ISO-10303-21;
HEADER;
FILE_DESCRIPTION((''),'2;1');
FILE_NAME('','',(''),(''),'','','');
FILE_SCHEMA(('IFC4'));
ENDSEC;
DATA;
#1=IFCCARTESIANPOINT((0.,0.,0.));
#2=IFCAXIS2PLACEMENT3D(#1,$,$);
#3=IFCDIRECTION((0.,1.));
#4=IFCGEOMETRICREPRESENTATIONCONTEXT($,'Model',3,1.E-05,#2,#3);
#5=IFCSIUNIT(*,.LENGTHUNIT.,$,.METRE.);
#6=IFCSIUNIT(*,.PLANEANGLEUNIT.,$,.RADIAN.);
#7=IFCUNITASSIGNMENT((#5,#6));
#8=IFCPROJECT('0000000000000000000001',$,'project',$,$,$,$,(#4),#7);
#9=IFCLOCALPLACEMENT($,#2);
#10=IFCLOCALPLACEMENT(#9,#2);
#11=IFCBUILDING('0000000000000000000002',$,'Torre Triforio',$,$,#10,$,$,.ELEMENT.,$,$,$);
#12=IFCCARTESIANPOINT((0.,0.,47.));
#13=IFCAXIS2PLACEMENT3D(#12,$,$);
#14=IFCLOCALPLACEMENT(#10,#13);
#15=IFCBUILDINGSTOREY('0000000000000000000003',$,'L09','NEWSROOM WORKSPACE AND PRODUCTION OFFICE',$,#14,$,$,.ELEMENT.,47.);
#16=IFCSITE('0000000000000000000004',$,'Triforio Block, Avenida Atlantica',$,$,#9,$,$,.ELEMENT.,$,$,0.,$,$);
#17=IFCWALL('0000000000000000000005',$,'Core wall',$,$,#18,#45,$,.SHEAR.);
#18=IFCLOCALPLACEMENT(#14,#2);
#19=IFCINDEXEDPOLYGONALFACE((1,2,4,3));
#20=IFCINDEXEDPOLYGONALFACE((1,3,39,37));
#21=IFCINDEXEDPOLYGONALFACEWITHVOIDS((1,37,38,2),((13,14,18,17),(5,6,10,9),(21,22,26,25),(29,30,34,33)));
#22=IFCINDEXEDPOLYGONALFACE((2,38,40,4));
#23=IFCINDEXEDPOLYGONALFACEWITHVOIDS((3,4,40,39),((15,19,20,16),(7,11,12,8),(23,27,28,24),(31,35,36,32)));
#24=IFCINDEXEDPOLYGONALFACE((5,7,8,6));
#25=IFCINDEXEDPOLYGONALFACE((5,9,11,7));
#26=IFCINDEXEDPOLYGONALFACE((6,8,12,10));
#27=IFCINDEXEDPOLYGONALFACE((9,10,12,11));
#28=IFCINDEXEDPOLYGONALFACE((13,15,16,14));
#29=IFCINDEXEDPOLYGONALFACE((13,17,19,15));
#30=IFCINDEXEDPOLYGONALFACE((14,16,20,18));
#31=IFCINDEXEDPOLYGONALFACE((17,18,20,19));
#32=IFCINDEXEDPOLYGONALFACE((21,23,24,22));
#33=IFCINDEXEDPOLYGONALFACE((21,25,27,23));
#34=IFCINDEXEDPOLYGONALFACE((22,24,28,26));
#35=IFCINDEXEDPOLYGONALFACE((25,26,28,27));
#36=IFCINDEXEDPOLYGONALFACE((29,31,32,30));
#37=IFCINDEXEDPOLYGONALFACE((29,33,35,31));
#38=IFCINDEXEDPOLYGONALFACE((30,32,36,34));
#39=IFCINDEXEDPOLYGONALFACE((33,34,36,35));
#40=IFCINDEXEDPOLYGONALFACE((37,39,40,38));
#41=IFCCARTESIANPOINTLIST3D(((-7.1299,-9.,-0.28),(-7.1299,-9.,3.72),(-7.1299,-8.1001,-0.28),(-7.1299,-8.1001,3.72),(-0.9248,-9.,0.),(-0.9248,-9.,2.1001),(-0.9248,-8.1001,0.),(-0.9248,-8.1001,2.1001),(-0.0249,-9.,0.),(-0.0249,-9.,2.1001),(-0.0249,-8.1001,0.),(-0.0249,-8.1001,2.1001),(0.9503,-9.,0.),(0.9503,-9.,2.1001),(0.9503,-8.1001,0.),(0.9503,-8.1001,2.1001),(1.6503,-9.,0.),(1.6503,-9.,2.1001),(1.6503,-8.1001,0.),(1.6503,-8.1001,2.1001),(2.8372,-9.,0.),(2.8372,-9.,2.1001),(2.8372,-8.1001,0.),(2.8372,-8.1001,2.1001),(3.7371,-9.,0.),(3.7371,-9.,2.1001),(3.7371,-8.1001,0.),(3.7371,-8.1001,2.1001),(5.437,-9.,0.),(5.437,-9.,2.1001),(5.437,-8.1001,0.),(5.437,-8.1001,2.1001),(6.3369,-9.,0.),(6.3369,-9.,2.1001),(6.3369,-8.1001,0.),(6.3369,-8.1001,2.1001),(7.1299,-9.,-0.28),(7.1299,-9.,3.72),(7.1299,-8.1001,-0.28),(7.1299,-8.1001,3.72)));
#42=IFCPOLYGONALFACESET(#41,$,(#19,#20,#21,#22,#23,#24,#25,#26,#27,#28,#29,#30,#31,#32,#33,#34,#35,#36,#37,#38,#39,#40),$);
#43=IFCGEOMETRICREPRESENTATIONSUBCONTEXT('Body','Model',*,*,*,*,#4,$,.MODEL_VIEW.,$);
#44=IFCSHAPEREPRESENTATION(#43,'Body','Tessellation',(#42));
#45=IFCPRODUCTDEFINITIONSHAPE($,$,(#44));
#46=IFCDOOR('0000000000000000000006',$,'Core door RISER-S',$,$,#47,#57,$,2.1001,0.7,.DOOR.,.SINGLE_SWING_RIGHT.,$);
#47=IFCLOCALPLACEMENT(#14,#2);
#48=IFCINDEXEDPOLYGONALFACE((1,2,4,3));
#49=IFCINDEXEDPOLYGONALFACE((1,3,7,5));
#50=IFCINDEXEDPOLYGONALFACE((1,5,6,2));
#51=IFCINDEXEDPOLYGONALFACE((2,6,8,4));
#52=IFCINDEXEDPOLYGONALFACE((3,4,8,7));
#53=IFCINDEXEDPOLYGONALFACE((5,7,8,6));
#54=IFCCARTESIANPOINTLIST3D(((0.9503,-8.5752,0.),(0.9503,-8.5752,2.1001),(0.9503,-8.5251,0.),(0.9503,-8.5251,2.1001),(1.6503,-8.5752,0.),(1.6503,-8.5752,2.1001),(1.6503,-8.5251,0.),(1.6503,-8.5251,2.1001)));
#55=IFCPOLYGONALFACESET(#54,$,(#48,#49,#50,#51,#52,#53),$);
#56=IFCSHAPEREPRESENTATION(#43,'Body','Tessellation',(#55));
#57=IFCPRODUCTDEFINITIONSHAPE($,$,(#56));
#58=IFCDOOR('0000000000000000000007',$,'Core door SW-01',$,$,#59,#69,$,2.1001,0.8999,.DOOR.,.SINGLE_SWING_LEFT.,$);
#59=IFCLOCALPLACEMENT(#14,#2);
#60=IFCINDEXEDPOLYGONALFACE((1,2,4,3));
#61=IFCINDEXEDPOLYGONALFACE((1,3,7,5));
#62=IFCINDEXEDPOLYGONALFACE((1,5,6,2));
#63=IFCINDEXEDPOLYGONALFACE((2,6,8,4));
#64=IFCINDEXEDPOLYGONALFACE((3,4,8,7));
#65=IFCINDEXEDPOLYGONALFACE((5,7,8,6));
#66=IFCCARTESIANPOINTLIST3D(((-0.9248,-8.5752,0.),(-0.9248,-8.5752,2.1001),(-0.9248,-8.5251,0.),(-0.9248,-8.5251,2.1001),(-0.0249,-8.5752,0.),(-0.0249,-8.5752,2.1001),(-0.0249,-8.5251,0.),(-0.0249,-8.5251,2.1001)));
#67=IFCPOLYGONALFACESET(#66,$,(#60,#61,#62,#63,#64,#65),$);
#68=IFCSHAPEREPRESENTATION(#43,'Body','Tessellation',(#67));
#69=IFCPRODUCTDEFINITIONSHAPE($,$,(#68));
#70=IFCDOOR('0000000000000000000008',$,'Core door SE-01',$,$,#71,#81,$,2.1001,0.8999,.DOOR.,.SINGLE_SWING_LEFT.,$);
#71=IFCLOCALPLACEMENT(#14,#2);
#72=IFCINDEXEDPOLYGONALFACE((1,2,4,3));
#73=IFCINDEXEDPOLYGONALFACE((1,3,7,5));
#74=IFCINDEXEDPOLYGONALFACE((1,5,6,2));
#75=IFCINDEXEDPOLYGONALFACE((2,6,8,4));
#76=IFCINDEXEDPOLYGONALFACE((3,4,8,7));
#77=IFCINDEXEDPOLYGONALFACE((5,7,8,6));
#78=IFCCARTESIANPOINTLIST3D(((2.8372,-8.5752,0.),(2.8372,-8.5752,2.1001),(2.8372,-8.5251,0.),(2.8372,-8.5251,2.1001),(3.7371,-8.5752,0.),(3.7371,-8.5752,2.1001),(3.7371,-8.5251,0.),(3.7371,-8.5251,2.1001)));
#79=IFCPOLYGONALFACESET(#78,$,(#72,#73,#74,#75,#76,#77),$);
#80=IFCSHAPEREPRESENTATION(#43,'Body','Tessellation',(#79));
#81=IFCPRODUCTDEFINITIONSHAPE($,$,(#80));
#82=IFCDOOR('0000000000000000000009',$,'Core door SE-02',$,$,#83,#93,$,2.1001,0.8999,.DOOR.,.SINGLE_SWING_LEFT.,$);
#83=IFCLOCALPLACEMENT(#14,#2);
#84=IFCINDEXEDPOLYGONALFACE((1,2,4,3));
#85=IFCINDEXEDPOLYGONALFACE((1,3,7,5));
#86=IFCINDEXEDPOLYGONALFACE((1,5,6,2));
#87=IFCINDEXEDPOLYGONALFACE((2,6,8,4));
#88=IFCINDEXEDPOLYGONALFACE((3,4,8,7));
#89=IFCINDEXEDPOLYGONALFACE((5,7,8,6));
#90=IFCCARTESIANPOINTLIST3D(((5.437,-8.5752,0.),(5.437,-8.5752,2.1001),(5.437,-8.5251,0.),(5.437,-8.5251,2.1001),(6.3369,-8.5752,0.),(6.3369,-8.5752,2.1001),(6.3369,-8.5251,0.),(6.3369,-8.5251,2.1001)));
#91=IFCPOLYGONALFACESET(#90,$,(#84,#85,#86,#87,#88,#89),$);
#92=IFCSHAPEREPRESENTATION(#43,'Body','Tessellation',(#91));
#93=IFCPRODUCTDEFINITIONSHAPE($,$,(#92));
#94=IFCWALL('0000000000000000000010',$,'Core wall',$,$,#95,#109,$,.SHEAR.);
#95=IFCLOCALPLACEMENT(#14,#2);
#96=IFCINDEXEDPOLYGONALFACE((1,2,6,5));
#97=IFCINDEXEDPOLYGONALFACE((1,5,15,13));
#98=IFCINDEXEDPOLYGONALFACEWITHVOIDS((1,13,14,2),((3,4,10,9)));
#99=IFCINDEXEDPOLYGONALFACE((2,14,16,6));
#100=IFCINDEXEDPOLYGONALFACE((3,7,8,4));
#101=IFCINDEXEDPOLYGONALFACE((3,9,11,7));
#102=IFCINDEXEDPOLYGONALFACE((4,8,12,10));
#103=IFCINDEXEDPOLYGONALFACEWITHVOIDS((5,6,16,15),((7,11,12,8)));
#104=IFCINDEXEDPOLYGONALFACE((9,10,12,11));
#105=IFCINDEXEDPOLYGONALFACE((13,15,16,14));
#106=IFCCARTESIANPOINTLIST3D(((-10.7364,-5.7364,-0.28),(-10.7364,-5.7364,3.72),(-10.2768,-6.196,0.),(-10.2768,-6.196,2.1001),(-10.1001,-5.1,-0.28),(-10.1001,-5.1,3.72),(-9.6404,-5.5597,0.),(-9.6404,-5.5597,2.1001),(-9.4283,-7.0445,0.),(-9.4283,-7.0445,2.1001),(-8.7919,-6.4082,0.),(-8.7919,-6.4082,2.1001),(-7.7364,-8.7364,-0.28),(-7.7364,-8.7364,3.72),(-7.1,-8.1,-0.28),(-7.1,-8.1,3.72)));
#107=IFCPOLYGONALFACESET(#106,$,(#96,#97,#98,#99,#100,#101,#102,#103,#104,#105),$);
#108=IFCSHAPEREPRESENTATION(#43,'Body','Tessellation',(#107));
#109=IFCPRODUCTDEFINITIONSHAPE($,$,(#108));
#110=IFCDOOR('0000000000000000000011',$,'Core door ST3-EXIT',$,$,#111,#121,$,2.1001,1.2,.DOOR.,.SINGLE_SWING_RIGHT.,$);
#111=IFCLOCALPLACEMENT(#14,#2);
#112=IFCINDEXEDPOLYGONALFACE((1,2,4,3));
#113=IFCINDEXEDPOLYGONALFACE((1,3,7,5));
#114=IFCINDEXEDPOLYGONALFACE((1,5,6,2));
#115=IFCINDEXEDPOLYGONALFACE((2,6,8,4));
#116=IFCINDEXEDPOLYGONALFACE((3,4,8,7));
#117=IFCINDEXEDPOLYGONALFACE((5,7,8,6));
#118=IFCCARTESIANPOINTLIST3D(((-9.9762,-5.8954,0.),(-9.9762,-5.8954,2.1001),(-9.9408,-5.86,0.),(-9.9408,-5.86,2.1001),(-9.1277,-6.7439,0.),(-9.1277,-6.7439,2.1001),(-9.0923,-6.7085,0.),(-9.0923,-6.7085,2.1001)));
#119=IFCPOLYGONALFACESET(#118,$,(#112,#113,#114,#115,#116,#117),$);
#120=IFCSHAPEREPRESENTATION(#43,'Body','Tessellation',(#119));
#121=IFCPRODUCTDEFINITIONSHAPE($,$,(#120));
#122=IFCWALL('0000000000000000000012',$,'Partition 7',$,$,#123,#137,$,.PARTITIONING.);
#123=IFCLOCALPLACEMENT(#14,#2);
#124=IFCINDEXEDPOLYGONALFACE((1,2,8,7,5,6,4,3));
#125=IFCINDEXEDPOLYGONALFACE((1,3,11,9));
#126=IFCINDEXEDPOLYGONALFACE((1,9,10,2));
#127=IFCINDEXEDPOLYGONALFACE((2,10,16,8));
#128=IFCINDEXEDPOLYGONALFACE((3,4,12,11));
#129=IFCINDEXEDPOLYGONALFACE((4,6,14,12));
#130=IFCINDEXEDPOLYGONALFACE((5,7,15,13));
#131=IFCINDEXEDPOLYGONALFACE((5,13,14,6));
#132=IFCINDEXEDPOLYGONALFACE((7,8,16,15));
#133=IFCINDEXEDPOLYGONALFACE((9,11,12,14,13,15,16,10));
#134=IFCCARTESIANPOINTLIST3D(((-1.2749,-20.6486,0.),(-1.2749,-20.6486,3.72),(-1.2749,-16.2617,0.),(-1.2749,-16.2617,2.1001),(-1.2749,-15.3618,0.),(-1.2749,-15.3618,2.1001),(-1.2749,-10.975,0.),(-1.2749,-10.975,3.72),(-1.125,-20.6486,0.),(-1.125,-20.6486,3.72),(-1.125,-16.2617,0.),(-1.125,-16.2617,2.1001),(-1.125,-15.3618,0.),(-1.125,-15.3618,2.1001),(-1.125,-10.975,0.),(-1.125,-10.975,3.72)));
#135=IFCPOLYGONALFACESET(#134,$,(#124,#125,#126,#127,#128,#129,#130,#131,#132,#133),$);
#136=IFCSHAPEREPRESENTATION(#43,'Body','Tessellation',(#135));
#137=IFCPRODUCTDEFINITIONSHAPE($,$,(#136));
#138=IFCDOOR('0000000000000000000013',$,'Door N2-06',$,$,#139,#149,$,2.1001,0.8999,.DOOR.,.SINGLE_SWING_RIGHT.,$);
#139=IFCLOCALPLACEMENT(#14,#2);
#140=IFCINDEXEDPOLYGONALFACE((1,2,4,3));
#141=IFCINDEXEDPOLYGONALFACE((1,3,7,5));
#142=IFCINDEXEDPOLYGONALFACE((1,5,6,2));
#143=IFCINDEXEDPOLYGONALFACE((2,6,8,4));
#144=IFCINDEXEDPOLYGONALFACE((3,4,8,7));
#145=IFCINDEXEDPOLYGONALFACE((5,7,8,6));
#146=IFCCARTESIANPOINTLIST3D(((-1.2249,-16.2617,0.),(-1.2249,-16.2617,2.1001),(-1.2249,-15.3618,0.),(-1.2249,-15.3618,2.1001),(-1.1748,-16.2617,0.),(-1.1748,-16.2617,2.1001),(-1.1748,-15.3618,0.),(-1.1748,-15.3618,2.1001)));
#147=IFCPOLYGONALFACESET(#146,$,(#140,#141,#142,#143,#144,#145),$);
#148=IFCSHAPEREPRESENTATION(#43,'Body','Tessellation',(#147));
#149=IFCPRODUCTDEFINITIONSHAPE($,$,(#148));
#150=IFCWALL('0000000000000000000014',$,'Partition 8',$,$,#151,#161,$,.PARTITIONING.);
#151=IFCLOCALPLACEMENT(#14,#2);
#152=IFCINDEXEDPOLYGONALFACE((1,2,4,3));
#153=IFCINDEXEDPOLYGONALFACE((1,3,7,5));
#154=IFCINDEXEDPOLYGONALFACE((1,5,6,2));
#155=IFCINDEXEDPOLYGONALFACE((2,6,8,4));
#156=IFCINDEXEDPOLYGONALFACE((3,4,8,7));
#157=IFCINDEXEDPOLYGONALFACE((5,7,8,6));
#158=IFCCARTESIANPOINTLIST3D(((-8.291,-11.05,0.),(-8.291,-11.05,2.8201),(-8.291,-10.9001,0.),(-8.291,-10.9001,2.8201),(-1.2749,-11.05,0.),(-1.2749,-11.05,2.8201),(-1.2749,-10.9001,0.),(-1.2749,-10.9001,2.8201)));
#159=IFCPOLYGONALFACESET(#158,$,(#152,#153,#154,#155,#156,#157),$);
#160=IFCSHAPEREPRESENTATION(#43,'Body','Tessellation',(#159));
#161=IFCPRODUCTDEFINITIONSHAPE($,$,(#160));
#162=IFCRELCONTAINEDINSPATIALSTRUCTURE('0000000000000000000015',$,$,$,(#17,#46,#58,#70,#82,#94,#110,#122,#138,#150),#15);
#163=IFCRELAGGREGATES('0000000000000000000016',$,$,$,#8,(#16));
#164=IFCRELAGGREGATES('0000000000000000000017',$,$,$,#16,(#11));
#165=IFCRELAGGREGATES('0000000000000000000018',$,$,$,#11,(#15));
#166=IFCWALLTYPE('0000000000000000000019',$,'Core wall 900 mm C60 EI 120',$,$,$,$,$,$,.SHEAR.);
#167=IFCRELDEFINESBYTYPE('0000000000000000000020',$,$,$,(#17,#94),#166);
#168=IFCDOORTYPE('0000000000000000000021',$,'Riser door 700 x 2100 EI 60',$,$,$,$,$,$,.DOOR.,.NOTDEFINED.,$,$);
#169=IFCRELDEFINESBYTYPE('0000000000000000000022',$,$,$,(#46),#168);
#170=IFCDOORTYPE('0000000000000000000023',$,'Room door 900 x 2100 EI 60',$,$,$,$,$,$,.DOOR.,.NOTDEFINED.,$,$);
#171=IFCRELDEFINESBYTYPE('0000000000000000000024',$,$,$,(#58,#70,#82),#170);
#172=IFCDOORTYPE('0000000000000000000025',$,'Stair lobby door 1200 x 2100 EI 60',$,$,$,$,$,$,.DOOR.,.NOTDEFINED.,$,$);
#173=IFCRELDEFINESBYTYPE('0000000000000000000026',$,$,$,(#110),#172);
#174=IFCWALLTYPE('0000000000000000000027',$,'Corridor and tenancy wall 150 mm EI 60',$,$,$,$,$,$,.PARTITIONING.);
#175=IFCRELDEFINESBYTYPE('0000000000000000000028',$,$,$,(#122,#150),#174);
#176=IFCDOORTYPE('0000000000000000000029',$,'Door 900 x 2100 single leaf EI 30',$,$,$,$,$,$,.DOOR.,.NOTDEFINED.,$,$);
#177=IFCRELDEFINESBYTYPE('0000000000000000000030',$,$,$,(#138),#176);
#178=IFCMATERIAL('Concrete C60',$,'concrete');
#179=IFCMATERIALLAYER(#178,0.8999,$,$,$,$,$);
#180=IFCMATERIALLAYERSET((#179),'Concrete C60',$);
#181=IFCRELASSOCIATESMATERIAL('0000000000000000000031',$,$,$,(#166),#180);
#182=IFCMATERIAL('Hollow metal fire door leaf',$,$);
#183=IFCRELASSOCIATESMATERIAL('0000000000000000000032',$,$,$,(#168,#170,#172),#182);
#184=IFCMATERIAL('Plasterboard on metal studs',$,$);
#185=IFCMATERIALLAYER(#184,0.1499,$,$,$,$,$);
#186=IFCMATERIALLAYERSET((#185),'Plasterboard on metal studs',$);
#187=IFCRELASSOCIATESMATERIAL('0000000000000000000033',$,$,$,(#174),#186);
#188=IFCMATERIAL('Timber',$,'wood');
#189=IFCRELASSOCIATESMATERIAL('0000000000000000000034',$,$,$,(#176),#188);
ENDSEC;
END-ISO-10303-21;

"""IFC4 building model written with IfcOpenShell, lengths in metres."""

from ifc_helpers import new_model, si_unit, direction, frame, frame_2d, origin, place, context, subcontext, project, spatial, rectangle, extrude, material, layer, layer_set, type_object, element, fill, save


model = new_model("IFC4")

# Units and contexts
model_context = context("Model", 3, precision=1e-05, world=origin(), true_north=direction((0.0, 1.0)))
body_context = subcontext(model_context, "Body", "Model", "MODEL_VIEW")
ifc_project = project(units=[si_unit("LENGTHUNIT", "METRE"), si_unit("PLANEANGLEUNIT", "RADIAN")], contexts=[model_context])

# Site, building, storey
site_placement = place(None, origin())
site = spatial("IfcSite", under=ifc_project, at=site_placement, Name="Triforio Block, Avenida Atlantica", CompositionType="ELEMENT", RefElevation=0.0)
building_placement = place(site_placement, origin())
building = spatial("IfcBuilding", under=site, at=building_placement, Name="Torre Triforio", CompositionType="ELEMENT")
storey_placement = place(building_placement, frame((0.0, 0.0, 47.0)))
storey = spatial("IfcBuildingStorey", under=building, at=storey_placement, Name="L09", Description="NEWSROOM WORKSPACE AND PRODUCTION OFFICE", CompositionType="ELEMENT", Elevation=47.0)

# Shared definitions
ifc_material_1 = material(Name="Concrete C60", Category="concrete")

# Wall, openings, doors
ifc_layer_1 = layer(ifc_material_1, 0.8999)
ifc_layer_set_1 = layer_set([ifc_layer_1], Name="Concrete C60")
wall_type_1 = type_object("IfcWallType", Name="Core wall 900 mm C60 EI 120", PredefinedType="SHEAR", material=ifc_layer_set_1)
wall_1_placement = place(storey_placement, frame((-7.1299, -8.55, -0.28), z_axis=(0.0, 0.0, 1.0), x_axis=(1.0, 0.0, 0.0)))
wall_1 = element("IfcWall", 1, at=wall_1_placement, inside=storey, type_object=wall_type_1, Name="Core wall", PredefinedType="SHEAR", context=body_context, shape_type="SweptSolid", body=[
    extrude(rectangle(XDim=14.2598, YDim=0.8999, at=frame_2d((7.1299, 0.0))), origin(), (0.0, 0.0, 1.0), 4.0),
])
opening_1_placement = place(wall_1_placement, frame((8.0801, 0.0, 0.28)))
opening_1 = element("IfcOpeningElement", 2, at=opening_1_placement, cuts=wall_1, PredefinedType="OPENING", context=body_context, shape_type="SweptSolid", body=[
    extrude(rectangle(XDim=0.7, YDim=2.1001, at=frame_2d((0.3501, 1.05))), frame((0.0, 0.46, 0.0), z_axis=(0.0, -1.0, 0.0), x_axis=(1.0, 0.0, 0.0)), (0.0, 0.0, 1.0), 0.9199),
])
opening_2_placement = place(wall_1_placement, frame((6.2051, 0.0, 0.28)))
opening_2 = element("IfcOpeningElement", 3, at=opening_2_placement, cuts=wall_1, PredefinedType="OPENING", context=body_context, shape_type="SweptSolid", body=[
    extrude(rectangle(XDim=0.8999, YDim=2.1001, at=frame_2d((0.45, 1.05))), frame((0.0, 0.46, 0.0), z_axis=(0.0, -1.0, 0.0), x_axis=(1.0, 0.0, 0.0)), (0.0, 0.0, 1.0), 0.9199),
])
opening_3_placement = place(wall_1_placement, frame((9.967, 0.0, 0.28)))
opening_3 = element("IfcOpeningElement", 4, at=opening_3_placement, cuts=wall_1, PredefinedType="OPENING", context=body_context, shape_type="SweptSolid", body=[
    extrude(rectangle(XDim=0.8999, YDim=2.1001, at=frame_2d((0.45, 1.05))), frame((0.0, 0.46, 0.0), z_axis=(0.0, -1.0, 0.0), x_axis=(1.0, 0.0, 0.0)), (0.0, 0.0, 1.0), 0.9199),
])
opening_4_placement = place(wall_1_placement, frame((12.5669, 0.0, 0.28)))
opening_4 = element("IfcOpeningElement", 5, at=opening_4_placement, cuts=wall_1, PredefinedType="OPENING", context=body_context, shape_type="SweptSolid", body=[
    extrude(rectangle(XDim=0.8999, YDim=2.1001, at=frame_2d((0.45, 1.05))), frame((0.0, 0.46, 0.0), z_axis=(0.0, -1.0, 0.0), x_axis=(1.0, 0.0, 0.0)), (0.0, 0.0, 1.0), 0.9199),
])
ifc_material_2 = material(Name="Hollow metal fire door leaf")
door_type_1 = type_object("IfcDoorType", Name="Riser door 700 x 2100 EI 60", OperationType="NOTDEFINED", PredefinedType="DOOR", material=ifc_material_2)
door_1_placement = place(opening_1_placement, origin())
door_1 = element("IfcDoor", 6, at=door_1_placement, inside=storey, type_object=door_type_1, Name="Core door RISER-S", OperationType="SINGLE_SWING_RIGHT", OverallHeight=2.1001, OverallWidth=0.7, PredefinedType="DOOR", context=body_context, shape_type="SweptSolid", body=[
    extrude(rectangle(XDim=0.7, YDim=2.1001, at=frame_2d((0.3501, 1.05))), frame((0.0, 0.0249, 0.0), z_axis=(0.0, -1.0, 0.0), x_axis=(1.0, 0.0, 0.0)), (0.0, 0.0, 1.0), 0.05),
])
fill(opening_1, door_1)
door_type_2 = type_object("IfcDoorType", Name="Room door 900 x 2100 EI 60", OperationType="NOTDEFINED", PredefinedType="DOOR", material=ifc_material_2)
door_2_placement = place(opening_2_placement, origin())
door_2 = element("IfcDoor", 7, at=door_2_placement, inside=storey, type_object=door_type_2, Name="Core door SW-01", OperationType="SINGLE_SWING_LEFT", OverallHeight=2.1001, OverallWidth=0.8999, PredefinedType="DOOR", context=body_context, shape_type="SweptSolid", body=[
    extrude(rectangle(XDim=0.8999, YDim=2.1001, at=frame_2d((0.45, 1.05))), frame((0.0, 0.0249, 0.0), z_axis=(0.0, -1.0, 0.0), x_axis=(1.0, 0.0, 0.0)), (0.0, 0.0, 1.0), 0.05),
])
fill(opening_2, door_2)
door_3_placement = place(opening_3_placement, origin())
door_3 = element("IfcDoor", 8, at=door_3_placement, inside=storey, type_object=door_type_2, Name="Core door SE-01", OperationType="SINGLE_SWING_LEFT", OverallHeight=2.1001, OverallWidth=0.8999, PredefinedType="DOOR", context=body_context, shape_type="SweptSolid", body=[
    extrude(rectangle(XDim=0.8999, YDim=2.1001, at=frame_2d((0.45, 1.05))), frame((0.0, 0.0249, 0.0), z_axis=(0.0, -1.0, 0.0), x_axis=(1.0, 0.0, 0.0)), (0.0, 0.0, 1.0), 0.05),
])
fill(opening_3, door_3)
door_4_placement = place(opening_4_placement, origin())
door_4 = element("IfcDoor", 9, at=door_4_placement, inside=storey, type_object=door_type_2, Name="Core door SE-02", OperationType="SINGLE_SWING_LEFT", OverallHeight=2.1001, OverallWidth=0.8999, PredefinedType="DOOR", context=body_context, shape_type="SweptSolid", body=[
    extrude(rectangle(XDim=0.8999, YDim=2.1001, at=frame_2d((0.45, 1.05))), frame((0.0, 0.0249, 0.0), z_axis=(0.0, -1.0, 0.0), x_axis=(1.0, 0.0, 0.0)), (0.0, 0.0, 1.0), 0.05),
])
fill(opening_4, door_4)

# Walls, openings, doors
wall_2_placement = place(storey_placement, frame((-7.4182, -8.4182, -0.28), z_axis=(0.0, 0.0, 1.0), x_axis=(-0.707107, 0.707107, 0.0)))
wall_2 = element("IfcWall", 10, at=wall_2_placement, inside=storey, type_object=wall_type_1, Name="Core wall", PredefinedType="SHEAR", context=body_context, shape_type="SweptSolid", body=[
    extrude(rectangle(XDim=4.2427, YDim=0.8999, at=frame_2d((2.1213, 0.0))), origin(), (0.0, 0.0, 1.0), 4.0),
])
opening_5_placement = place(wall_2_placement, frame((2.3926, 0.0, 0.28)))
opening_5 = element("IfcOpeningElement", 11, at=opening_5_placement, cuts=wall_2, PredefinedType="OPENING", context=body_context, shape_type="SweptSolid", body=[
    extrude(rectangle(XDim=1.2, YDim=2.1001, at=frame_2d((0.6001, 1.05))), frame((0.0, 0.46, 0.0), z_axis=(0.0, -1.0, 0.0), x_axis=(1.0, 0.0, 0.0)), (0.0, 0.0, 1.0), 0.9199),
])
door_type_3 = type_object("IfcDoorType", Name="Stair lobby door 1200 x 2100 EI 60", OperationType="NOTDEFINED", PredefinedType="DOOR", material=ifc_material_2)
door_5_placement = place(opening_5_placement, origin())
door_5 = element("IfcDoor", 12, at=door_5_placement, inside=storey, type_object=door_type_3, Name="Core door ST3-EXIT", OperationType="SINGLE_SWING_RIGHT", OverallHeight=2.1001, OverallWidth=1.2, PredefinedType="DOOR", context=body_context, shape_type="SweptSolid", body=[
    extrude(rectangle(XDim=1.2, YDim=2.1001, at=frame_2d((0.6001, 1.05))), frame((0.0, 0.0249, 0.0), z_axis=(0.0, -1.0, 0.0), x_axis=(1.0, 0.0, 0.0)), (0.0, 0.0, 1.0), 0.05),
])
fill(opening_5, door_5)
ifc_material_3 = material(Name="Plasterboard on metal studs")
ifc_layer_2 = layer(ifc_material_3, 0.1499)
ifc_layer_set_2 = layer_set([ifc_layer_2], Name="Plasterboard on metal studs")
wall_type_2 = type_object("IfcWallType", Name="Corridor and tenancy wall 150 mm EI 60", PredefinedType="PARTITIONING", material=ifc_layer_set_2)
wall_3_placement = place(storey_placement, frame((-1.2, -20.6487, 0.0), z_axis=(0.0, 0.0, 1.0), x_axis=(0.0, 1.0, 0.0)))
wall_3 = element("IfcWall", 13, at=wall_3_placement, inside=storey, type_object=wall_type_2, Name="Partition 7", PredefinedType="PARTITIONING", context=body_context, shape_type="SweptSolid", body=[
    extrude(rectangle(XDim=9.6736, YDim=0.1499, at=frame_2d((4.8369, 0.0))), origin(), (0.0, 0.0, 1.0), 3.72),
])
opening_6_placement = place(wall_3_placement, frame((4.387, 0.0, 0.0)))
opening_6 = element("IfcOpeningElement", 14, at=opening_6_placement, cuts=wall_3, PredefinedType="OPENING", context=body_context, shape_type="SweptSolid", body=[
    extrude(rectangle(XDim=0.8999, YDim=2.1001, at=frame_2d((0.45, 1.05))), frame((0.0, 0.085, 0.0), z_axis=(0.0, -1.0, 0.0), x_axis=(1.0, 0.0, 0.0)), (0.0, 0.0, 1.0), 0.1699),
])
ifc_material_4 = material(Name="Timber", Category="wood")
door_type_4 = type_object("IfcDoorType", Name="Door 900 x 2100 single leaf EI 30", OperationType="NOTDEFINED", PredefinedType="DOOR", material=ifc_material_4)
door_6_placement = place(opening_6_placement, origin())
door_6 = element("IfcDoor", 15, at=door_6_placement, inside=storey, type_object=door_type_4, Name="Door N2-06", OperationType="SINGLE_SWING_RIGHT", OverallHeight=2.1001, OverallWidth=0.8999, PredefinedType="DOOR", context=body_context, shape_type="SweptSolid", body=[
    extrude(rectangle(XDim=0.8999, YDim=2.1001, at=frame_2d((0.45, 1.05))), frame((0.0, 0.0249, 0.0), z_axis=(0.0, -1.0, 0.0), x_axis=(1.0, 0.0, 0.0)), (0.0, 0.0, 1.0), 0.05),
])
fill(opening_6, door_6)

# Wall
wall_4_placement = place(storey_placement, frame((-1.2749, -10.9751, 0.0), z_axis=(0.0, 0.0, 1.0), x_axis=(-1.0, 0.0, 0.0)))
element("IfcWall", 16, at=wall_4_placement, inside=storey, type_object=wall_type_2, Name="Partition 8", PredefinedType="PARTITIONING", context=body_context, shape_type="SweptSolid", body=[
    extrude(rectangle(XDim=7.0161, YDim=0.1499, at=frame_2d((3.5081, 0.0))), origin(), (0.0, 0.0, 1.0), 2.8201),
])

save(model, "model.ifc")
